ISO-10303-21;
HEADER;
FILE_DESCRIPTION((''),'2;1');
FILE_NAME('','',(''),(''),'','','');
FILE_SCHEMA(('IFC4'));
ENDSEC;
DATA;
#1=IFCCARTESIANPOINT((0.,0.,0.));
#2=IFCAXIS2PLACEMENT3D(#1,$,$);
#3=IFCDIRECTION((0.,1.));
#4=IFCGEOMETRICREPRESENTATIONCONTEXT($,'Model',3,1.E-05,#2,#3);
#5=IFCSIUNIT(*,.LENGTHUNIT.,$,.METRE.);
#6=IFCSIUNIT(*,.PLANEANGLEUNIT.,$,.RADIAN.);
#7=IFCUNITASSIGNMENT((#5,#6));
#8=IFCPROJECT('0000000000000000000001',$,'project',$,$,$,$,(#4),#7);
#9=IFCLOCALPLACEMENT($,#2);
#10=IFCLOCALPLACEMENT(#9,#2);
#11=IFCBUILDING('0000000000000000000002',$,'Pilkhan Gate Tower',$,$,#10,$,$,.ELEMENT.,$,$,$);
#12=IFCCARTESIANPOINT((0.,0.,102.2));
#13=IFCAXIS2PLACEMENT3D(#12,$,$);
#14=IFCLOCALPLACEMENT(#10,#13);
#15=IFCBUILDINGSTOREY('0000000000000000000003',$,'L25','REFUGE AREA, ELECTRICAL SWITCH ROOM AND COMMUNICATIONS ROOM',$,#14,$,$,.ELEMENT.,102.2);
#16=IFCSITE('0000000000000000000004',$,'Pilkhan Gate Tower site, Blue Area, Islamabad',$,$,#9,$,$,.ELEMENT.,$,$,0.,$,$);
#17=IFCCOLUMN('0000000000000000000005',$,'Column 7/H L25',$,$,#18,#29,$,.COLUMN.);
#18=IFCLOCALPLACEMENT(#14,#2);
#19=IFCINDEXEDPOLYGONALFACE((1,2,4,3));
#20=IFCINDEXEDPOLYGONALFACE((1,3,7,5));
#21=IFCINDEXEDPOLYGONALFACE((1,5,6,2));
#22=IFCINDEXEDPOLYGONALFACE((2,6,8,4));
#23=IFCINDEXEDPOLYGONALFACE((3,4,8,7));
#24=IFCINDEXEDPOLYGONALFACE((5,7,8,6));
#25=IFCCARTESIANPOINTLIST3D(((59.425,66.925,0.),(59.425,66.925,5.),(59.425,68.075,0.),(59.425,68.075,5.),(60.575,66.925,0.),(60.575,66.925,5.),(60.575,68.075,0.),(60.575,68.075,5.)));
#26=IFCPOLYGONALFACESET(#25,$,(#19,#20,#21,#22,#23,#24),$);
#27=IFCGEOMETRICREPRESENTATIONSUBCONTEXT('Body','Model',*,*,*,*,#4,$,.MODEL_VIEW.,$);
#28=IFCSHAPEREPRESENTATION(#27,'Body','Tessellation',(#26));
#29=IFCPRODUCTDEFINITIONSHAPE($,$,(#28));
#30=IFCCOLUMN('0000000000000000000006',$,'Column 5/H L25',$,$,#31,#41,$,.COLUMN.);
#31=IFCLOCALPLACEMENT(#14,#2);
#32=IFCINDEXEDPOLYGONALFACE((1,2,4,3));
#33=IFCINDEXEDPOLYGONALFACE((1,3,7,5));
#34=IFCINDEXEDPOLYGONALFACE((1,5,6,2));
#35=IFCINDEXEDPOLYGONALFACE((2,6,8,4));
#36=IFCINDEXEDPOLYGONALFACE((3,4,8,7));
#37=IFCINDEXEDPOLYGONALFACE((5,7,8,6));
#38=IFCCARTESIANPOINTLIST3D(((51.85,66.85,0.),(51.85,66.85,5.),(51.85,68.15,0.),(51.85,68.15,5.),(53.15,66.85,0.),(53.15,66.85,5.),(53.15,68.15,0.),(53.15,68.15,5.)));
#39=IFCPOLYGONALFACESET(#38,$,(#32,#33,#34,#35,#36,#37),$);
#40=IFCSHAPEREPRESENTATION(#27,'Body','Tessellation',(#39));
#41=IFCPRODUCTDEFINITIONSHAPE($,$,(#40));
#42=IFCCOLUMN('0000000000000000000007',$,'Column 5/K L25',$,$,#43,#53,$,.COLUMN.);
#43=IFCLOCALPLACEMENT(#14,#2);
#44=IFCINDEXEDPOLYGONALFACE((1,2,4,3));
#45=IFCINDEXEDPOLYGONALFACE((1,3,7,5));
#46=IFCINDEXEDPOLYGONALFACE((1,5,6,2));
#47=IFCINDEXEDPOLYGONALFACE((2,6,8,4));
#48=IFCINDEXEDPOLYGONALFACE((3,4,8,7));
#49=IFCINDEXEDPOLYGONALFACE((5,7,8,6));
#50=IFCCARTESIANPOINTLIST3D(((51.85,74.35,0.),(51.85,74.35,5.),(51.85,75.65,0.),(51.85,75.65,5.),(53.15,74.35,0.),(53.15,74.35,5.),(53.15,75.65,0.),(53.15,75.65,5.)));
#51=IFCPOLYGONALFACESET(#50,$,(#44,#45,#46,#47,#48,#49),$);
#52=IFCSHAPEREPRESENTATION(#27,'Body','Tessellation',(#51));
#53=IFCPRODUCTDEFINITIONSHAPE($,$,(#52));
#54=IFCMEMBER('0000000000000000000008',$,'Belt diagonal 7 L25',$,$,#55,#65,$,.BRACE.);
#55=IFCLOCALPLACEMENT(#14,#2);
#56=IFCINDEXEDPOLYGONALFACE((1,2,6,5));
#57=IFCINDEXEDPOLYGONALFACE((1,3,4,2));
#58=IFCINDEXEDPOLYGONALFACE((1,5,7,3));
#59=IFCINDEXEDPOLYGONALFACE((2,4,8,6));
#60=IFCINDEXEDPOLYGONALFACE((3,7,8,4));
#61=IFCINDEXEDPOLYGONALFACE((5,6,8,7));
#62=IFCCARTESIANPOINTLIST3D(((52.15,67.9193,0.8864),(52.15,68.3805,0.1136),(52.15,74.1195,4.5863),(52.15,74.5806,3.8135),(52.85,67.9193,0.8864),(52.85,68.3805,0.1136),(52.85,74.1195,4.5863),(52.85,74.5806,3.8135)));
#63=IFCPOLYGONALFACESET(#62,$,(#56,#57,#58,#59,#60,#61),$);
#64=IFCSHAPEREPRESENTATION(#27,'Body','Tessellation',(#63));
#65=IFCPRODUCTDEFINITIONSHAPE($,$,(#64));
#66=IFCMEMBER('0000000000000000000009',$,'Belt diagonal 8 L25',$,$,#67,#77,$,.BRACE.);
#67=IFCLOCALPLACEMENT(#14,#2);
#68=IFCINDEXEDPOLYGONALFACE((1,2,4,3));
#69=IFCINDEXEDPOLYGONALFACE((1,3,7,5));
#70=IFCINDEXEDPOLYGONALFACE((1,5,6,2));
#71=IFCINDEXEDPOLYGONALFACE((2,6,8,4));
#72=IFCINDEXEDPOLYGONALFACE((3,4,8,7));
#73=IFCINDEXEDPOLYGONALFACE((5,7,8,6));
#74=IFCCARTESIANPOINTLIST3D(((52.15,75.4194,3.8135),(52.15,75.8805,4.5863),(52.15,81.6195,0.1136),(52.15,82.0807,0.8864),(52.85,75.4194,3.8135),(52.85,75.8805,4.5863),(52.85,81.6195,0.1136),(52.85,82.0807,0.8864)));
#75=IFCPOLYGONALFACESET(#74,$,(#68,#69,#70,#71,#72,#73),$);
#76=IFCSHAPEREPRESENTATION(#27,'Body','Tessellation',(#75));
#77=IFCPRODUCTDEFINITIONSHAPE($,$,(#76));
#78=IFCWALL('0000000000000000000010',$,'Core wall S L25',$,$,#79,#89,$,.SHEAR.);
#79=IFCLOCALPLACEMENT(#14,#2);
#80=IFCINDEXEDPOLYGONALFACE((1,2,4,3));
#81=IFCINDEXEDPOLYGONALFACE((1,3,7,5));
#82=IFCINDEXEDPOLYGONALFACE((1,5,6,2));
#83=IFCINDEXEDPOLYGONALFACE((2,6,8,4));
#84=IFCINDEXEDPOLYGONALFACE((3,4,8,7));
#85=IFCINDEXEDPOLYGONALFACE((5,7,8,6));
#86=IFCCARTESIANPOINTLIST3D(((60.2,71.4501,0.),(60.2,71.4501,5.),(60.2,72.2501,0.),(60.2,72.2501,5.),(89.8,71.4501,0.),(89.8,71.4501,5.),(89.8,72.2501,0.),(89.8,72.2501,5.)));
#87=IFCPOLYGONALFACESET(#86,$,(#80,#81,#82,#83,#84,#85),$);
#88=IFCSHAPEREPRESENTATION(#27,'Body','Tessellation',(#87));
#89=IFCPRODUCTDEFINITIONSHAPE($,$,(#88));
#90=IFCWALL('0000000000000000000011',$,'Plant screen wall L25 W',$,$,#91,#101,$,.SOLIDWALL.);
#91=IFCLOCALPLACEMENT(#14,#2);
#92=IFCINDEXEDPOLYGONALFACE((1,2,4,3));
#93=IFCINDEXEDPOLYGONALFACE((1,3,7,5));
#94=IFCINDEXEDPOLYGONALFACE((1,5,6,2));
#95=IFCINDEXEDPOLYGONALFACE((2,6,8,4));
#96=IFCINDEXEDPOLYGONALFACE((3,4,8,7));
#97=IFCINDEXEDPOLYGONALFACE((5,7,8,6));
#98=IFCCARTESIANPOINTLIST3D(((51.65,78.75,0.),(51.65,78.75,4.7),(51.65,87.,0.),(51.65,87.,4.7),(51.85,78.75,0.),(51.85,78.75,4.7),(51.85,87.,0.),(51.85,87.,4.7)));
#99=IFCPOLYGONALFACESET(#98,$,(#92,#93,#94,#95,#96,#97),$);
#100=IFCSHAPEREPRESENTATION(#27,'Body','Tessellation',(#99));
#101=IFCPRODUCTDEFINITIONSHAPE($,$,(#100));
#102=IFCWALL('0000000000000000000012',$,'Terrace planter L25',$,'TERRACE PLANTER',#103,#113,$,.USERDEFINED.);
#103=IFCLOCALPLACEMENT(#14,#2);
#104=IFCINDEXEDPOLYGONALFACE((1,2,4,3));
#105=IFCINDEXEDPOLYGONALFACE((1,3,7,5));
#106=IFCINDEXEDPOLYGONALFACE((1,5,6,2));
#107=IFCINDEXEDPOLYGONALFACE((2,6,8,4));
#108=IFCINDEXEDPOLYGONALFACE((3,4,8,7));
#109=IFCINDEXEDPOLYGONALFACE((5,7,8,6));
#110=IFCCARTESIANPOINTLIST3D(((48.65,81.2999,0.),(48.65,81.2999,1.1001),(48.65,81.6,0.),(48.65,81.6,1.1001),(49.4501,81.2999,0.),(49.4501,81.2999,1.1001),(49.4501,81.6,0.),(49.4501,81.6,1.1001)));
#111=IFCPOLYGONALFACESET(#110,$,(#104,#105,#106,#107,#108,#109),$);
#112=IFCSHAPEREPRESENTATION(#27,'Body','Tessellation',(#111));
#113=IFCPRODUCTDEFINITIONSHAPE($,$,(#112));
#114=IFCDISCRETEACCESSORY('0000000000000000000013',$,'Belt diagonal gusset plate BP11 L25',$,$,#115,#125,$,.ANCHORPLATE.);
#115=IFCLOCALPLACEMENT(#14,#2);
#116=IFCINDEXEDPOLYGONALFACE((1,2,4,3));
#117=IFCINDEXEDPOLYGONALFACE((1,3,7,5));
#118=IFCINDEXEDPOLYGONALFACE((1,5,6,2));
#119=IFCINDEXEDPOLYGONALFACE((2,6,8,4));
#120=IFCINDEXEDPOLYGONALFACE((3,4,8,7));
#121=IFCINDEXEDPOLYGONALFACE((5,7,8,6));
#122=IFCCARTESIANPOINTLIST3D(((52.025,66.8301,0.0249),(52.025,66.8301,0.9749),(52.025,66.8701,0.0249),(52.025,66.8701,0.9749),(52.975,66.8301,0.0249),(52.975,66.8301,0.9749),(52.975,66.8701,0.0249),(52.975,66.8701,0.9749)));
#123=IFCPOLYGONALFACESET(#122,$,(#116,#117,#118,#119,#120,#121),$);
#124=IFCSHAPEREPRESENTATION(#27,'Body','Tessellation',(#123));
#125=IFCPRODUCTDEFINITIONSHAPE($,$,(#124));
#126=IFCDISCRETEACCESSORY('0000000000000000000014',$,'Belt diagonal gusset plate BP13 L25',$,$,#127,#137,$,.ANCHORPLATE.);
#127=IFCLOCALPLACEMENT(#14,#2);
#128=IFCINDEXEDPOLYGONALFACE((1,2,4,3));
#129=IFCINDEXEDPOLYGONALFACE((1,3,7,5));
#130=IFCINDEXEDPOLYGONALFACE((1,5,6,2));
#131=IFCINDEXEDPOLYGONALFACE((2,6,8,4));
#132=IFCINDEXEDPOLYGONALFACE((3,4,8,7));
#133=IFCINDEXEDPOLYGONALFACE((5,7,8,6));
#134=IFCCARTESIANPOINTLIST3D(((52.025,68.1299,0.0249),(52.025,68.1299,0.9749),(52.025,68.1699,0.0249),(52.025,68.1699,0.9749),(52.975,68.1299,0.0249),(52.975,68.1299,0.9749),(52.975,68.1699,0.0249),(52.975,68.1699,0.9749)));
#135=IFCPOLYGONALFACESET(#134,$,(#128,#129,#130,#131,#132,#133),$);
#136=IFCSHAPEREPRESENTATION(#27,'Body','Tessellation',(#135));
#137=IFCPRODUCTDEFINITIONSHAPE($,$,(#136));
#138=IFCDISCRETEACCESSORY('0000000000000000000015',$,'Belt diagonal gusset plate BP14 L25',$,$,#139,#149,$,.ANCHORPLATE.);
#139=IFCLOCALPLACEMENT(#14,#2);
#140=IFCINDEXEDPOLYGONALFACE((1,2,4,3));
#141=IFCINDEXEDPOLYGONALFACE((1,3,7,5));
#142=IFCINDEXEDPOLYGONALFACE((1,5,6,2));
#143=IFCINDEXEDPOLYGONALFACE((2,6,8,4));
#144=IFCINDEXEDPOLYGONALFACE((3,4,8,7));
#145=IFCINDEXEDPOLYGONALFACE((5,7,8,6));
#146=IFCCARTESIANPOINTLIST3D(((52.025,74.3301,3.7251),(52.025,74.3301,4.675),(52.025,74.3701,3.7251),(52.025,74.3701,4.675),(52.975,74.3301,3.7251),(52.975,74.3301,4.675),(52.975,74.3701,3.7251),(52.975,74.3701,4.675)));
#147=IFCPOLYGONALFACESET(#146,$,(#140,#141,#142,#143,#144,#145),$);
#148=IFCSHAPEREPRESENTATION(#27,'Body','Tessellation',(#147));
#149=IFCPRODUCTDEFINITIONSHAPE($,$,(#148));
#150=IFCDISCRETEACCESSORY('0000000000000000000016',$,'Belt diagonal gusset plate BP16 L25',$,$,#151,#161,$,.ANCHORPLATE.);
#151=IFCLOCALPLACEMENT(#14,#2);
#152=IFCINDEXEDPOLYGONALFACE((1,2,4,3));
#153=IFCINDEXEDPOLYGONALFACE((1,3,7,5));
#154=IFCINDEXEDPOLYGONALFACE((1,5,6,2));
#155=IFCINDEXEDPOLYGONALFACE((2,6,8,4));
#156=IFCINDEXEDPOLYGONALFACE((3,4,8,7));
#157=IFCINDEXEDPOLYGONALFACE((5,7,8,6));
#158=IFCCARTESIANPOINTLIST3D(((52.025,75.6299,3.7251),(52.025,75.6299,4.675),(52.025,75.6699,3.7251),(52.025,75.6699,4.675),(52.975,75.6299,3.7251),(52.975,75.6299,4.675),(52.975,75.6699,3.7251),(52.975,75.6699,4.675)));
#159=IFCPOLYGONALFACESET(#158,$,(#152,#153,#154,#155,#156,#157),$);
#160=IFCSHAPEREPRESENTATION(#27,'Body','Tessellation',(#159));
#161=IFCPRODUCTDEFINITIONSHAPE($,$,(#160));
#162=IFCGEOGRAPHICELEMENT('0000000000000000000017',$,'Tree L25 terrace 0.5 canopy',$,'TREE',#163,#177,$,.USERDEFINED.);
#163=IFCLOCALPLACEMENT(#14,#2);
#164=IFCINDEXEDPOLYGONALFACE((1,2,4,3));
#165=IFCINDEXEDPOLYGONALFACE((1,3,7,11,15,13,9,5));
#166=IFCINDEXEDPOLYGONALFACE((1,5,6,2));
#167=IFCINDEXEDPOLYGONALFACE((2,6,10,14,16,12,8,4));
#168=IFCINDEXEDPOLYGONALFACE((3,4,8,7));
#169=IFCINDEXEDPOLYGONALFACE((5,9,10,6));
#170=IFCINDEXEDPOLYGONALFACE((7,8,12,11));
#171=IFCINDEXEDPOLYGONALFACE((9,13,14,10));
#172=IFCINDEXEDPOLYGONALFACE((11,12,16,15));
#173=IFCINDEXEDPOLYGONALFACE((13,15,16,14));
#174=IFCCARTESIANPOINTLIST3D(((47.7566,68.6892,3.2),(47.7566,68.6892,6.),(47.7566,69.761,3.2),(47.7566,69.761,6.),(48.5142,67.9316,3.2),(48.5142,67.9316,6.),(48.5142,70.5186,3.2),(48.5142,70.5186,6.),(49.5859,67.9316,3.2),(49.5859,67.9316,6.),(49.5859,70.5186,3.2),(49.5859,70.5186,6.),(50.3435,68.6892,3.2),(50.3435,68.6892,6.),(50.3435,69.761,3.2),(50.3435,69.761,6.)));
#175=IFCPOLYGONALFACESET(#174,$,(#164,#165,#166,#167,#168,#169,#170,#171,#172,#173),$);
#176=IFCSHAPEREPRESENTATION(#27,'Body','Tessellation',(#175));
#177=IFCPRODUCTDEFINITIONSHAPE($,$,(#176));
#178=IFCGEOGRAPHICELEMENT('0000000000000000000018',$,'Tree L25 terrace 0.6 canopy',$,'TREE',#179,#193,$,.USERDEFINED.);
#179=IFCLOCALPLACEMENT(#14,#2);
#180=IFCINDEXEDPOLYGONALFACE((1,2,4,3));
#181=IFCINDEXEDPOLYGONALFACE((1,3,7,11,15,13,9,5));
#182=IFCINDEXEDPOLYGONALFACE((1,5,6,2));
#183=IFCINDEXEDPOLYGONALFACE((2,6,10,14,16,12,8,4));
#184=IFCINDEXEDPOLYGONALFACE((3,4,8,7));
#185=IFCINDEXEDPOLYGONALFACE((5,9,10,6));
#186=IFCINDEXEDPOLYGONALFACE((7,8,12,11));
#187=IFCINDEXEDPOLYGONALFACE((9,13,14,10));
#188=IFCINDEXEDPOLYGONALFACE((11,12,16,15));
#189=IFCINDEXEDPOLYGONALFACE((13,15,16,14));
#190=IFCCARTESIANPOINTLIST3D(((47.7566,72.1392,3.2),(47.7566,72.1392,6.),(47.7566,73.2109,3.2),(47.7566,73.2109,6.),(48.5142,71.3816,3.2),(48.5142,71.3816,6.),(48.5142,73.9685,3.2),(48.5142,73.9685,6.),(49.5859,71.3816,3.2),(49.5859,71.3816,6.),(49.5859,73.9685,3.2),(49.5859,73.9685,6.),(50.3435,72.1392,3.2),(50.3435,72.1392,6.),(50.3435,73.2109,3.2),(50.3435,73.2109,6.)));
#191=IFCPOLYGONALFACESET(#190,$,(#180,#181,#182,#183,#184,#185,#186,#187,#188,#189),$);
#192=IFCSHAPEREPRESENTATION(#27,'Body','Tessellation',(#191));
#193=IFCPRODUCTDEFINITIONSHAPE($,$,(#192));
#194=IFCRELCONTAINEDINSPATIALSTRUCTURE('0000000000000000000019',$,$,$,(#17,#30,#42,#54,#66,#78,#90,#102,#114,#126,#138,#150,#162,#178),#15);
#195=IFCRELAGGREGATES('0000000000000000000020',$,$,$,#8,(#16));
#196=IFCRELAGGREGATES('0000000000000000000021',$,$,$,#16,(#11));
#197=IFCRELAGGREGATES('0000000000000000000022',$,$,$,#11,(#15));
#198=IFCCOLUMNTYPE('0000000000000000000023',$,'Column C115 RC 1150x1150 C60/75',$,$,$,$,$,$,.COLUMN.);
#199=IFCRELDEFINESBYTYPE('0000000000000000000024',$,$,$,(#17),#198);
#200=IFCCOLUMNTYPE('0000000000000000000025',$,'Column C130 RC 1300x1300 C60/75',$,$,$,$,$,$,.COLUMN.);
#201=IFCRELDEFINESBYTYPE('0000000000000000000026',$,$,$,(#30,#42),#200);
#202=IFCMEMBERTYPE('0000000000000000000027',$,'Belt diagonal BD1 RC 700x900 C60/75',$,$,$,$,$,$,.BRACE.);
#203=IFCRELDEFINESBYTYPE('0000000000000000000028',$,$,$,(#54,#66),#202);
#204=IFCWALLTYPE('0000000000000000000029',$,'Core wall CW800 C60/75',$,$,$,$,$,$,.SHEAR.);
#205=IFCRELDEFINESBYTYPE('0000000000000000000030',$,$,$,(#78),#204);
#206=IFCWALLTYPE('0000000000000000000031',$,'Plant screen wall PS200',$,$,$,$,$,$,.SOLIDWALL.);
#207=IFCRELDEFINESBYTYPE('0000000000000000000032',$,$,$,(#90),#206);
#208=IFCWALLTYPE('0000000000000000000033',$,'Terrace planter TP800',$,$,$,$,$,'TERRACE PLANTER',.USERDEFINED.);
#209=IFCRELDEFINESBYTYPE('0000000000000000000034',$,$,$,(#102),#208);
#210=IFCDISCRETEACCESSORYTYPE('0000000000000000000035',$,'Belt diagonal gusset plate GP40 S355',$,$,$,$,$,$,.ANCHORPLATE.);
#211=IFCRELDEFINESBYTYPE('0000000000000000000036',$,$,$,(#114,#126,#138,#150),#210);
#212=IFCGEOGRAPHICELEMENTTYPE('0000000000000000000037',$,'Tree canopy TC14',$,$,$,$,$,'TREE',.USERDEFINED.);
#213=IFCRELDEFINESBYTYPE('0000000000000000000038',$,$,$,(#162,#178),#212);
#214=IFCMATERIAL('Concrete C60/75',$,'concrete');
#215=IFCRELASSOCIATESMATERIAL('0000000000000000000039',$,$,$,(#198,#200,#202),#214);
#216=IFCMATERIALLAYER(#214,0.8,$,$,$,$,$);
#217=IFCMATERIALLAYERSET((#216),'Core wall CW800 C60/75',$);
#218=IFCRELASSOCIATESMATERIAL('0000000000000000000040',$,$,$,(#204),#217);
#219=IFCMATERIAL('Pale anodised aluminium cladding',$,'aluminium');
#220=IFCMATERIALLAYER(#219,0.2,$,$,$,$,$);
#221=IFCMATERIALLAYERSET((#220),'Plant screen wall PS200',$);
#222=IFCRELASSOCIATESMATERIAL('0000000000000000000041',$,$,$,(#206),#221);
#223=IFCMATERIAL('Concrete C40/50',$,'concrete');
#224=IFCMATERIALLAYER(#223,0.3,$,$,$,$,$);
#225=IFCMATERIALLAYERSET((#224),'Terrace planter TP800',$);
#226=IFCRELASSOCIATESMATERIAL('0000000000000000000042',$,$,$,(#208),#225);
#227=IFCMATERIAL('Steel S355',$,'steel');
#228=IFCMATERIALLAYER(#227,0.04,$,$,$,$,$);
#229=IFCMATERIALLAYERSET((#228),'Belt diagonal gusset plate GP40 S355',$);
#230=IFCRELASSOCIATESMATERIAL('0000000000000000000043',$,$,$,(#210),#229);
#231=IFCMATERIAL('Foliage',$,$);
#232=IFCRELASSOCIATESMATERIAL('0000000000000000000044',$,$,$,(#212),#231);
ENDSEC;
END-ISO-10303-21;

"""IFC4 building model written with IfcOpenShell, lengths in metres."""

from ifc_helpers import new_model, si_unit, direction, frame, frame_2d, origin, origin_2d, place, context, subcontext, project, spatial, polyline, rectangle, outline, extrude, material, layer, layer_set, material_profile, profile_set, type_object, element, save


model = new_model("IFC4")

# Units and contexts
model_context = context("Model", 3, precision=1e-05, world=origin(), true_north=direction((0.0, 1.0)))
body_context = subcontext(model_context, "Body", "Model", "MODEL_VIEW")
ifc_project = project(units=[si_unit("LENGTHUNIT", "METRE"), si_unit("PLANEANGLEUNIT", "RADIAN")], contexts=[model_context])

# Site, building, storey
site_placement = place(None, origin())
site = spatial("IfcSite", under=ifc_project, at=site_placement, Name="Pilkhan Gate Tower site, Blue Area, Islamabad", CompositionType="ELEMENT", RefElevation=0.0)
building_placement = place(site_placement, origin())
building = spatial("IfcBuilding", under=site, at=building_placement, Name="Pilkhan Gate Tower", CompositionType="ELEMENT")
storey_placement = place(building_placement, frame((0.0, 0.0, 102.2)))
storey = spatial("IfcBuildingStorey", under=building, at=storey_placement, Name="L25", Description="REFUGE AREA, ELECTRICAL SWITCH ROOM AND COMMUNICATIONS ROOM", CompositionType="ELEMENT", Elevation=102.2)

# Columns
ifc_material_1 = material(Name="Concrete C60/75", Category="concrete")
ifc_material_profile_1 = material_profile(ifc_material_1, rectangle(XDim=1.1499, YDim=1.1499, at=origin_2d()), Name="RC 1150x1150")
ifc_profile_set_1 = profile_set([ifc_material_profile_1], Name="Concrete C60/75")
column_type_1 = type_object("IfcColumnType", Name="Column C115 RC 1150x1150 C60/75", PredefinedType="COLUMN", material=ifc_profile_set_1)
column_placement = place(storey_placement, frame((60.0, 67.5, 0.0), z_axis=(0.0, 0.0, 1.0), x_axis=(1.0, 0.0, 0.0)))
element("IfcColumn", 1, at=column_placement, inside=storey, type_object=column_type_1, Name="Column 7/H L25", PredefinedType="COLUMN", context=body_context, shape_type="SweptSolid", body=[
    extrude(rectangle(XDim=1.1499, YDim=1.1499, at=origin_2d()), origin(), (0.0, 0.0, 1.0), 5.0),
])
ifc_material_profile_2 = material_profile(ifc_material_1, rectangle(XDim=1.3, YDim=1.3, at=origin_2d()), Name="RC 1300x1300")
ifc_profile_set_2 = profile_set([ifc_material_profile_2], Name="Concrete C60/75")
column_type_2 = type_object("IfcColumnType", Name="Column C130 RC 1300x1300 C60/75", PredefinedType="COLUMN", material=ifc_profile_set_2)
for number, where, z_axis, x_axis, name in (
    (2, (52.5, 67.5, 0.0), (0.0, 0.0, 1.0), (1.0, 0.0, 0.0), "Column 5/H L25"),
    (3, (52.5, 75.0, 0.0), (0.0, 0.0, 1.0), (1.0, 0.0, 0.0), "Column 5/K L25"),
):
    element("IfcColumn", number, at=place(storey_placement, frame(where, z_axis=z_axis, x_axis=x_axis)), inside=storey, type_object=column_type_2, Name=name, PredefinedType="COLUMN", context=body_context, shape_type="SweptSolid", body=[
        extrude(rectangle(XDim=1.3, YDim=1.3, at=origin_2d()), origin(), (0.0, 0.0, 1.0), 5.0),
    ])

# Members
ifc_material_profile_3 = material_profile(ifc_material_1, rectangle(XDim=0.7, YDim=0.8999, at=origin_2d()), Name="RC 700x900")
ifc_profile_set_3 = profile_set([ifc_material_profile_3], Name="Concrete C60/75")
member_type = type_object("IfcMemberType", Name="Belt diagonal BD1 RC 700x900 C60/75", PredefinedType="BRACE", material=ifc_profile_set_3)
for number, where, z_axis, x_axis, name in (
    (4, (52.5, 68.1499, 0.5), (0.0, 0.858723, 0.512441), (-1.0, 0.0, 0.0), "Belt diagonal 7 L25"),
    (5, (52.5, 81.8501, 0.5), (0.0, -0.858723, 0.512441), (1.0, 0.0, 0.0), "Belt diagonal 8 L25"),
):
    element("IfcMember", number, at=place(storey_placement, frame(where, z_axis=z_axis, x_axis=x_axis)), inside=storey, type_object=member_type, Name=name, PredefinedType="BRACE", context=body_context, shape_type="SweptSolid", body=[
        extrude(rectangle(XDim=0.7, YDim=0.8999, at=origin_2d()), origin(), (0.0, 0.0, 1.0), 7.2202),
    ])

# Wall
ifc_layer_1 = layer(ifc_material_1, 0.8)
ifc_layer_set_1 = layer_set([ifc_layer_1], Name="Core wall CW800 C60/75")
wall_type_1 = type_object("IfcWallType", Name="Core wall CW800 C60/75", PredefinedType="SHEAR", material=ifc_layer_set_1)
wall_1_placement = place(storey_placement, frame((60.2, 71.8501, 0.0), z_axis=(0.0, 0.0, 1.0), x_axis=(1.0, 0.0, 0.0)))
element("IfcWall", 6, at=wall_1_placement, inside=storey, type_object=wall_type_1, Name="Core wall S L25", PredefinedType="SHEAR", context=body_context, shape_type="SweptSolid", body=[
    extrude(rectangle(XDim=29.6001, YDim=0.8, at=frame_2d((14.8, 0.0))), origin(), (0.0, 0.0, 1.0), 5.0),
])

# Shared definitions
ifc_material_2 = material(Name="Pale anodised aluminium cladding", Category="aluminium")
ifc_layer_2 = layer(ifc_material_2, 0.2)
ifc_layer_set_2 = layer_set([ifc_layer_2], Name="Plant screen wall PS200")
wall_type_2 = type_object("IfcWallType", Name="Plant screen wall PS200", PredefinedType="SOLIDWALL", material=ifc_layer_set_2)

# Walls
wall_2_placement = place(storey_placement, frame((51.75, 78.75, 0.0), z_axis=(0.0, 0.0, 1.0), x_axis=(0.0, 1.0, 0.0)))
element("IfcWall", 7, at=wall_2_placement, inside=storey, type_object=wall_type_2, Name="Plant screen wall L25 W", PredefinedType="SOLIDWALL", context=body_context, shape_type="SweptSolid", body=[
    extrude(rectangle(XDim=8.25, YDim=0.2, at=frame_2d((4.125, 0.0))), origin(), (0.0, 0.0, 1.0), 4.7),
])
ifc_material_3 = material(Name="Concrete C40/50", Category="concrete")
ifc_layer_3 = layer(ifc_material_3, 0.3)
ifc_layer_set_3 = layer_set([ifc_layer_3], Name="Terrace planter TP800")
wall_type_3 = type_object("IfcWallType", Name="Terrace planter TP800", ElementType="TERRACE PLANTER", PredefinedType="USERDEFINED", material=ifc_layer_set_3)
wall_3_placement = place(storey_placement, frame((49.45, 81.45, 0.0), z_axis=(0.0, 0.0, 1.0), x_axis=(-1.0, 0.0, 0.0)))
element("IfcWall", 8, at=wall_3_placement, inside=storey, type_object=wall_type_3, Name="Terrace planter L25", ObjectType="TERRACE PLANTER", PredefinedType="USERDEFINED", context=body_context, shape_type="SweptSolid", body=[
    extrude(rectangle(XDim=0.8, YDim=0.3, at=frame_2d((0.3999, 0.0))), origin(), (0.0, 0.0, 1.0), 1.1001),
])

# Discrete accessories
ifc_material_4 = material(Name="Steel S355", Category="steel")
ifc_layer_4 = layer(ifc_material_4, 0.04)
ifc_layer_set_4 = layer_set([ifc_layer_4], Name="Belt diagonal gusset plate GP40 S355")
discrete_accessory_type = type_object("IfcDiscreteAccessoryType", Name="Belt diagonal gusset plate GP40 S355", PredefinedType="ANCHORPLATE", material=ifc_layer_set_4)
for number, where, z_axis, x_axis, name in (
    (9, (52.5, 66.8501, 0.0249), (0.0, 0.0, 1.0), (0.0, 1.0, 0.0), "Belt diagonal gusset plate BP11 L25"),
    (10, (52.5, 68.1499, 0.0249), (0.0, 0.0, 1.0), (0.0, 1.0, 0.0), "Belt diagonal gusset plate BP13 L25"),
    (11, (52.5, 74.3501, 3.7251), (0.0, 0.0, 1.0), (0.0, 1.0, 0.0), "Belt diagonal gusset plate BP14 L25"),
    (12, (52.5, 75.6499, 3.7251), (0.0, 0.0, 1.0), (0.0, 1.0, 0.0), "Belt diagonal gusset plate BP16 L25"),
):
    element("IfcDiscreteAccessory", number, at=place(storey_placement, frame(where, z_axis=z_axis, x_axis=x_axis)), inside=storey, type_object=discrete_accessory_type, Name=name, PredefinedType="ANCHORPLATE", context=body_context, shape_type="SweptSolid", body=[
        extrude(rectangle(XDim=0.04, YDim=0.95, at=origin_2d()), origin(), (0.0, 0.0, 1.0), 0.95),
    ])

# Geographic elements
ifc_material_5 = material(Name="Foliage")
ifc_material_profile_4 = material_profile(ifc_material_5, outline(polyline([(1.2935, 0.5359), (0.5359, 1.2935), (-0.5359, 1.2935), (-1.2935, 0.5359), (-1.2935, -0.5359), (-0.5359, -1.2935), (0.5359, -1.2935), (1.2935, -0.5359), (1.2935, 0.5359)])), Name="Canopy D2.8")
ifc_profile_set_4 = profile_set([ifc_material_profile_4], Name="Foliage")
geographic_element_type_1 = type_object("IfcGeographicElementType", Name="Tree canopy TC14", ElementType="TREE", PredefinedType="USERDEFINED", material=ifc_profile_set_4)
for number, where, z_axis, x_axis, name in (
    (13, (49.05, 69.2251, 3.2), (0.0, 0.0, 1.0), (1.0, 0.0, 0.0), "Tree L25 terrace 0.5 canopy"),
    (14, (49.05, 72.675, 3.2), (0.0, 0.0, 1.0), (1.0, 0.0, 0.0), "Tree L25 terrace 0.6 canopy"),
):
    element("IfcGeographicElement", number, at=place(storey_placement, frame(where, z_axis=z_axis, x_axis=x_axis)), inside=storey, type_object=geographic_element_type_1, Name=name, ObjectType="TREE", PredefinedType="USERDEFINED", context=body_context, shape_type="SweptSolid", body=[
        extrude(outline(polyline([(1.2935, 0.5359), (0.5359, 1.2935), (-0.5359, 1.2935), (-1.2935, 0.5359), (-1.2935, -0.5359), (-0.5359, -1.2935), (0.5359, -1.2935), (1.2935, -0.5359), (1.2935, 0.5359)])), origin(), (0.0, 0.0, 1.0), 2.8),
    ])

save(model, "model.ifc")
